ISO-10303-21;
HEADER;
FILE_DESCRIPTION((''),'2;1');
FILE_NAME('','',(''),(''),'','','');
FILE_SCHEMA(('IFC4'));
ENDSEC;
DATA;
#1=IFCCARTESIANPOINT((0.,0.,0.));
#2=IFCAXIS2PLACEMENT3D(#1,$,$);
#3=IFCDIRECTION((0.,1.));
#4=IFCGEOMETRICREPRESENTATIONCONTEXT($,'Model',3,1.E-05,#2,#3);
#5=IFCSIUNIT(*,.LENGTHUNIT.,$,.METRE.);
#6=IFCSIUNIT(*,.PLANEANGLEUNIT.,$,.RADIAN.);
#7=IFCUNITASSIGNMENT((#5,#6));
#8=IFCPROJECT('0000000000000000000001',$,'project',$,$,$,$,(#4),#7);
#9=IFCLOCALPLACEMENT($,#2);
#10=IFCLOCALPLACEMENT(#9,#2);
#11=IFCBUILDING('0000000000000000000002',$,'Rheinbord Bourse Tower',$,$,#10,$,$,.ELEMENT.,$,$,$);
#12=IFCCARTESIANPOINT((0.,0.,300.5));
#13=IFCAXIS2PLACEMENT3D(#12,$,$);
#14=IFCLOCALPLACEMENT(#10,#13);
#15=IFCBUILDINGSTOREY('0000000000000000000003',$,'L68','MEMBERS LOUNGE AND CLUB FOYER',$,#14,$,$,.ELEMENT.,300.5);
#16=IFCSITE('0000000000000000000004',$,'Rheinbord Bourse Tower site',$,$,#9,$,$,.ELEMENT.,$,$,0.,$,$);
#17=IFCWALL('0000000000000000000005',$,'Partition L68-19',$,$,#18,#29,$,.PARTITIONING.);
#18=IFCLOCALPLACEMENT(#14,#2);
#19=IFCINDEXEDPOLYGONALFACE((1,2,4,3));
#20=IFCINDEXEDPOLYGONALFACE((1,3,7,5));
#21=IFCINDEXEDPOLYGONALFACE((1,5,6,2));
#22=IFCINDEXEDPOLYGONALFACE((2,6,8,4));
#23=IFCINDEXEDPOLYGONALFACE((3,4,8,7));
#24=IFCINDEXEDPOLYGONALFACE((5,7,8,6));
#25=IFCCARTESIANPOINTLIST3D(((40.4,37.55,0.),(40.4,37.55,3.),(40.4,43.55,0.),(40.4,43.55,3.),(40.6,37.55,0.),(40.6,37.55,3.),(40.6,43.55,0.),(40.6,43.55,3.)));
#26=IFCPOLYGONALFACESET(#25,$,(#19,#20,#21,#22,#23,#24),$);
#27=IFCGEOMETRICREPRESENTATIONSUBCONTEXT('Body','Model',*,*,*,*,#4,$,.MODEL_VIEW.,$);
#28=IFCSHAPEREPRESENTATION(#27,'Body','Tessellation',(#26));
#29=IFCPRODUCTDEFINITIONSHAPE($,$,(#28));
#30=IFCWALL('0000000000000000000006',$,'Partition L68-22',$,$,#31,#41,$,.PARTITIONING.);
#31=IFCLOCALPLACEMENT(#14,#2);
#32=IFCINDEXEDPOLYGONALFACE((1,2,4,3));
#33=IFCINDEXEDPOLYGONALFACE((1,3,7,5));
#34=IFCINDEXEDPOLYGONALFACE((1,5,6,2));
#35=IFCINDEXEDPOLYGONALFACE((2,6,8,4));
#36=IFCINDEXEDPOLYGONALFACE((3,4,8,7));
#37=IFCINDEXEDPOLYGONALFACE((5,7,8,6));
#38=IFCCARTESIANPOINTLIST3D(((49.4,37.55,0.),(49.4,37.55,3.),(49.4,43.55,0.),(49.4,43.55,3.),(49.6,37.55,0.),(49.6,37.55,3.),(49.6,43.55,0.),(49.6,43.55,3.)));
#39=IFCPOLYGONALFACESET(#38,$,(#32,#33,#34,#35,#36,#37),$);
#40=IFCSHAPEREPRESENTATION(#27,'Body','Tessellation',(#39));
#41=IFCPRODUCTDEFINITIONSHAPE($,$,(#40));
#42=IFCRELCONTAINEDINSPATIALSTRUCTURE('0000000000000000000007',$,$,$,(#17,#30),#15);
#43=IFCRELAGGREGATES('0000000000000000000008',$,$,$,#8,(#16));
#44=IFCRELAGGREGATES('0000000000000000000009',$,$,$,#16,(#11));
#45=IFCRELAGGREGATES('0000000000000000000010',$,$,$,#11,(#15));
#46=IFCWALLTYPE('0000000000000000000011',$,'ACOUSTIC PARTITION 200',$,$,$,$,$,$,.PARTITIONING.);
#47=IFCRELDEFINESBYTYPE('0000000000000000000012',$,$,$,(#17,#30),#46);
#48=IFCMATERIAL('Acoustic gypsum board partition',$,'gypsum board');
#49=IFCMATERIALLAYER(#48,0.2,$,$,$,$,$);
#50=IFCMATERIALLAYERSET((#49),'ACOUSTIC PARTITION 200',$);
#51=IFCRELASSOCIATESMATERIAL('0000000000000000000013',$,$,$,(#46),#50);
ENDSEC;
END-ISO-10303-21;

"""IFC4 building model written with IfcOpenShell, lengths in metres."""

from ifc_helpers import new_model, si_unit, direction, frame, frame_2d, origin, place, context, subcontext, project, spatial, rectangle, extrude, material, layer, layer_set, type_object, element, save


model = new_model("IFC4")

# Units and contexts
model_context = context("Model", 3, precision=1e-05, world=origin(), true_north=direction((0.0, 1.0)))
body_context = subcontext(model_context, "Body", "Model", "MODEL_VIEW")
ifc_project = project(units=[si_unit("LENGTHUNIT", "METRE"), si_unit("PLANEANGLEUNIT", "RADIAN")], contexts=[model_context])

# Site, building, storey
site_placement = place(None, origin())
site = spatial("IfcSite", under=ifc_project, at=site_placement, Name="Rheinbord Bourse Tower site", CompositionType="ELEMENT", RefElevation=0.0)
building_placement = place(site_placement, origin())
building = spatial("IfcBuilding", under=site, at=building_placement, Name="Rheinbord Bourse Tower", CompositionType="ELEMENT")
storey_placement = place(building_placement, frame((0.0, 0.0, 300.5)))
storey = spatial("IfcBuildingStorey", under=building, at=storey_placement, Name="L68", Description="MEMBERS LOUNGE AND CLUB FOYER", CompositionType="ELEMENT", Elevation=300.5)

# Walls
ifc_material_1 = material(Name="Acoustic gypsum board partition", Category="gypsum board")
ifc_layer_1 = layer(ifc_material_1, 0.2)
ifc_layer_set_1 = layer_set([ifc_layer_1], Name="ACOUSTIC PARTITION 200")
wall_type = type_object("IfcWallType", Name="ACOUSTIC PARTITION 200", PredefinedType="PARTITIONING", material=ifc_layer_set_1)
for number, where, z_axis, x_axis, name in (
    (1, (40.5, 37.55, 0.0), (0.0, 0.0, 1.0), (0.0, 1.0, 0.0), "Partition L68-19"),
    (2, (49.5, 37.55, 0.0), (0.0, 0.0, 1.0), (0.0, 1.0, 0.0), "Partition L68-22"),
):
    element("IfcWall", number, at=place(storey_placement, frame(where, z_axis=z_axis, x_axis=x_axis)), inside=storey, type_object=wall_type, Name=name, PredefinedType="PARTITIONING", context=body_context, shape_type="SweptSolid", body=[
        extrude(rectangle(XDim=6.0, YDim=0.2, at=frame_2d((3.0, 0.0))), origin(), (0.0, 0.0, 1.0), 3.0),
    ])

save(model, "model.ifc")
